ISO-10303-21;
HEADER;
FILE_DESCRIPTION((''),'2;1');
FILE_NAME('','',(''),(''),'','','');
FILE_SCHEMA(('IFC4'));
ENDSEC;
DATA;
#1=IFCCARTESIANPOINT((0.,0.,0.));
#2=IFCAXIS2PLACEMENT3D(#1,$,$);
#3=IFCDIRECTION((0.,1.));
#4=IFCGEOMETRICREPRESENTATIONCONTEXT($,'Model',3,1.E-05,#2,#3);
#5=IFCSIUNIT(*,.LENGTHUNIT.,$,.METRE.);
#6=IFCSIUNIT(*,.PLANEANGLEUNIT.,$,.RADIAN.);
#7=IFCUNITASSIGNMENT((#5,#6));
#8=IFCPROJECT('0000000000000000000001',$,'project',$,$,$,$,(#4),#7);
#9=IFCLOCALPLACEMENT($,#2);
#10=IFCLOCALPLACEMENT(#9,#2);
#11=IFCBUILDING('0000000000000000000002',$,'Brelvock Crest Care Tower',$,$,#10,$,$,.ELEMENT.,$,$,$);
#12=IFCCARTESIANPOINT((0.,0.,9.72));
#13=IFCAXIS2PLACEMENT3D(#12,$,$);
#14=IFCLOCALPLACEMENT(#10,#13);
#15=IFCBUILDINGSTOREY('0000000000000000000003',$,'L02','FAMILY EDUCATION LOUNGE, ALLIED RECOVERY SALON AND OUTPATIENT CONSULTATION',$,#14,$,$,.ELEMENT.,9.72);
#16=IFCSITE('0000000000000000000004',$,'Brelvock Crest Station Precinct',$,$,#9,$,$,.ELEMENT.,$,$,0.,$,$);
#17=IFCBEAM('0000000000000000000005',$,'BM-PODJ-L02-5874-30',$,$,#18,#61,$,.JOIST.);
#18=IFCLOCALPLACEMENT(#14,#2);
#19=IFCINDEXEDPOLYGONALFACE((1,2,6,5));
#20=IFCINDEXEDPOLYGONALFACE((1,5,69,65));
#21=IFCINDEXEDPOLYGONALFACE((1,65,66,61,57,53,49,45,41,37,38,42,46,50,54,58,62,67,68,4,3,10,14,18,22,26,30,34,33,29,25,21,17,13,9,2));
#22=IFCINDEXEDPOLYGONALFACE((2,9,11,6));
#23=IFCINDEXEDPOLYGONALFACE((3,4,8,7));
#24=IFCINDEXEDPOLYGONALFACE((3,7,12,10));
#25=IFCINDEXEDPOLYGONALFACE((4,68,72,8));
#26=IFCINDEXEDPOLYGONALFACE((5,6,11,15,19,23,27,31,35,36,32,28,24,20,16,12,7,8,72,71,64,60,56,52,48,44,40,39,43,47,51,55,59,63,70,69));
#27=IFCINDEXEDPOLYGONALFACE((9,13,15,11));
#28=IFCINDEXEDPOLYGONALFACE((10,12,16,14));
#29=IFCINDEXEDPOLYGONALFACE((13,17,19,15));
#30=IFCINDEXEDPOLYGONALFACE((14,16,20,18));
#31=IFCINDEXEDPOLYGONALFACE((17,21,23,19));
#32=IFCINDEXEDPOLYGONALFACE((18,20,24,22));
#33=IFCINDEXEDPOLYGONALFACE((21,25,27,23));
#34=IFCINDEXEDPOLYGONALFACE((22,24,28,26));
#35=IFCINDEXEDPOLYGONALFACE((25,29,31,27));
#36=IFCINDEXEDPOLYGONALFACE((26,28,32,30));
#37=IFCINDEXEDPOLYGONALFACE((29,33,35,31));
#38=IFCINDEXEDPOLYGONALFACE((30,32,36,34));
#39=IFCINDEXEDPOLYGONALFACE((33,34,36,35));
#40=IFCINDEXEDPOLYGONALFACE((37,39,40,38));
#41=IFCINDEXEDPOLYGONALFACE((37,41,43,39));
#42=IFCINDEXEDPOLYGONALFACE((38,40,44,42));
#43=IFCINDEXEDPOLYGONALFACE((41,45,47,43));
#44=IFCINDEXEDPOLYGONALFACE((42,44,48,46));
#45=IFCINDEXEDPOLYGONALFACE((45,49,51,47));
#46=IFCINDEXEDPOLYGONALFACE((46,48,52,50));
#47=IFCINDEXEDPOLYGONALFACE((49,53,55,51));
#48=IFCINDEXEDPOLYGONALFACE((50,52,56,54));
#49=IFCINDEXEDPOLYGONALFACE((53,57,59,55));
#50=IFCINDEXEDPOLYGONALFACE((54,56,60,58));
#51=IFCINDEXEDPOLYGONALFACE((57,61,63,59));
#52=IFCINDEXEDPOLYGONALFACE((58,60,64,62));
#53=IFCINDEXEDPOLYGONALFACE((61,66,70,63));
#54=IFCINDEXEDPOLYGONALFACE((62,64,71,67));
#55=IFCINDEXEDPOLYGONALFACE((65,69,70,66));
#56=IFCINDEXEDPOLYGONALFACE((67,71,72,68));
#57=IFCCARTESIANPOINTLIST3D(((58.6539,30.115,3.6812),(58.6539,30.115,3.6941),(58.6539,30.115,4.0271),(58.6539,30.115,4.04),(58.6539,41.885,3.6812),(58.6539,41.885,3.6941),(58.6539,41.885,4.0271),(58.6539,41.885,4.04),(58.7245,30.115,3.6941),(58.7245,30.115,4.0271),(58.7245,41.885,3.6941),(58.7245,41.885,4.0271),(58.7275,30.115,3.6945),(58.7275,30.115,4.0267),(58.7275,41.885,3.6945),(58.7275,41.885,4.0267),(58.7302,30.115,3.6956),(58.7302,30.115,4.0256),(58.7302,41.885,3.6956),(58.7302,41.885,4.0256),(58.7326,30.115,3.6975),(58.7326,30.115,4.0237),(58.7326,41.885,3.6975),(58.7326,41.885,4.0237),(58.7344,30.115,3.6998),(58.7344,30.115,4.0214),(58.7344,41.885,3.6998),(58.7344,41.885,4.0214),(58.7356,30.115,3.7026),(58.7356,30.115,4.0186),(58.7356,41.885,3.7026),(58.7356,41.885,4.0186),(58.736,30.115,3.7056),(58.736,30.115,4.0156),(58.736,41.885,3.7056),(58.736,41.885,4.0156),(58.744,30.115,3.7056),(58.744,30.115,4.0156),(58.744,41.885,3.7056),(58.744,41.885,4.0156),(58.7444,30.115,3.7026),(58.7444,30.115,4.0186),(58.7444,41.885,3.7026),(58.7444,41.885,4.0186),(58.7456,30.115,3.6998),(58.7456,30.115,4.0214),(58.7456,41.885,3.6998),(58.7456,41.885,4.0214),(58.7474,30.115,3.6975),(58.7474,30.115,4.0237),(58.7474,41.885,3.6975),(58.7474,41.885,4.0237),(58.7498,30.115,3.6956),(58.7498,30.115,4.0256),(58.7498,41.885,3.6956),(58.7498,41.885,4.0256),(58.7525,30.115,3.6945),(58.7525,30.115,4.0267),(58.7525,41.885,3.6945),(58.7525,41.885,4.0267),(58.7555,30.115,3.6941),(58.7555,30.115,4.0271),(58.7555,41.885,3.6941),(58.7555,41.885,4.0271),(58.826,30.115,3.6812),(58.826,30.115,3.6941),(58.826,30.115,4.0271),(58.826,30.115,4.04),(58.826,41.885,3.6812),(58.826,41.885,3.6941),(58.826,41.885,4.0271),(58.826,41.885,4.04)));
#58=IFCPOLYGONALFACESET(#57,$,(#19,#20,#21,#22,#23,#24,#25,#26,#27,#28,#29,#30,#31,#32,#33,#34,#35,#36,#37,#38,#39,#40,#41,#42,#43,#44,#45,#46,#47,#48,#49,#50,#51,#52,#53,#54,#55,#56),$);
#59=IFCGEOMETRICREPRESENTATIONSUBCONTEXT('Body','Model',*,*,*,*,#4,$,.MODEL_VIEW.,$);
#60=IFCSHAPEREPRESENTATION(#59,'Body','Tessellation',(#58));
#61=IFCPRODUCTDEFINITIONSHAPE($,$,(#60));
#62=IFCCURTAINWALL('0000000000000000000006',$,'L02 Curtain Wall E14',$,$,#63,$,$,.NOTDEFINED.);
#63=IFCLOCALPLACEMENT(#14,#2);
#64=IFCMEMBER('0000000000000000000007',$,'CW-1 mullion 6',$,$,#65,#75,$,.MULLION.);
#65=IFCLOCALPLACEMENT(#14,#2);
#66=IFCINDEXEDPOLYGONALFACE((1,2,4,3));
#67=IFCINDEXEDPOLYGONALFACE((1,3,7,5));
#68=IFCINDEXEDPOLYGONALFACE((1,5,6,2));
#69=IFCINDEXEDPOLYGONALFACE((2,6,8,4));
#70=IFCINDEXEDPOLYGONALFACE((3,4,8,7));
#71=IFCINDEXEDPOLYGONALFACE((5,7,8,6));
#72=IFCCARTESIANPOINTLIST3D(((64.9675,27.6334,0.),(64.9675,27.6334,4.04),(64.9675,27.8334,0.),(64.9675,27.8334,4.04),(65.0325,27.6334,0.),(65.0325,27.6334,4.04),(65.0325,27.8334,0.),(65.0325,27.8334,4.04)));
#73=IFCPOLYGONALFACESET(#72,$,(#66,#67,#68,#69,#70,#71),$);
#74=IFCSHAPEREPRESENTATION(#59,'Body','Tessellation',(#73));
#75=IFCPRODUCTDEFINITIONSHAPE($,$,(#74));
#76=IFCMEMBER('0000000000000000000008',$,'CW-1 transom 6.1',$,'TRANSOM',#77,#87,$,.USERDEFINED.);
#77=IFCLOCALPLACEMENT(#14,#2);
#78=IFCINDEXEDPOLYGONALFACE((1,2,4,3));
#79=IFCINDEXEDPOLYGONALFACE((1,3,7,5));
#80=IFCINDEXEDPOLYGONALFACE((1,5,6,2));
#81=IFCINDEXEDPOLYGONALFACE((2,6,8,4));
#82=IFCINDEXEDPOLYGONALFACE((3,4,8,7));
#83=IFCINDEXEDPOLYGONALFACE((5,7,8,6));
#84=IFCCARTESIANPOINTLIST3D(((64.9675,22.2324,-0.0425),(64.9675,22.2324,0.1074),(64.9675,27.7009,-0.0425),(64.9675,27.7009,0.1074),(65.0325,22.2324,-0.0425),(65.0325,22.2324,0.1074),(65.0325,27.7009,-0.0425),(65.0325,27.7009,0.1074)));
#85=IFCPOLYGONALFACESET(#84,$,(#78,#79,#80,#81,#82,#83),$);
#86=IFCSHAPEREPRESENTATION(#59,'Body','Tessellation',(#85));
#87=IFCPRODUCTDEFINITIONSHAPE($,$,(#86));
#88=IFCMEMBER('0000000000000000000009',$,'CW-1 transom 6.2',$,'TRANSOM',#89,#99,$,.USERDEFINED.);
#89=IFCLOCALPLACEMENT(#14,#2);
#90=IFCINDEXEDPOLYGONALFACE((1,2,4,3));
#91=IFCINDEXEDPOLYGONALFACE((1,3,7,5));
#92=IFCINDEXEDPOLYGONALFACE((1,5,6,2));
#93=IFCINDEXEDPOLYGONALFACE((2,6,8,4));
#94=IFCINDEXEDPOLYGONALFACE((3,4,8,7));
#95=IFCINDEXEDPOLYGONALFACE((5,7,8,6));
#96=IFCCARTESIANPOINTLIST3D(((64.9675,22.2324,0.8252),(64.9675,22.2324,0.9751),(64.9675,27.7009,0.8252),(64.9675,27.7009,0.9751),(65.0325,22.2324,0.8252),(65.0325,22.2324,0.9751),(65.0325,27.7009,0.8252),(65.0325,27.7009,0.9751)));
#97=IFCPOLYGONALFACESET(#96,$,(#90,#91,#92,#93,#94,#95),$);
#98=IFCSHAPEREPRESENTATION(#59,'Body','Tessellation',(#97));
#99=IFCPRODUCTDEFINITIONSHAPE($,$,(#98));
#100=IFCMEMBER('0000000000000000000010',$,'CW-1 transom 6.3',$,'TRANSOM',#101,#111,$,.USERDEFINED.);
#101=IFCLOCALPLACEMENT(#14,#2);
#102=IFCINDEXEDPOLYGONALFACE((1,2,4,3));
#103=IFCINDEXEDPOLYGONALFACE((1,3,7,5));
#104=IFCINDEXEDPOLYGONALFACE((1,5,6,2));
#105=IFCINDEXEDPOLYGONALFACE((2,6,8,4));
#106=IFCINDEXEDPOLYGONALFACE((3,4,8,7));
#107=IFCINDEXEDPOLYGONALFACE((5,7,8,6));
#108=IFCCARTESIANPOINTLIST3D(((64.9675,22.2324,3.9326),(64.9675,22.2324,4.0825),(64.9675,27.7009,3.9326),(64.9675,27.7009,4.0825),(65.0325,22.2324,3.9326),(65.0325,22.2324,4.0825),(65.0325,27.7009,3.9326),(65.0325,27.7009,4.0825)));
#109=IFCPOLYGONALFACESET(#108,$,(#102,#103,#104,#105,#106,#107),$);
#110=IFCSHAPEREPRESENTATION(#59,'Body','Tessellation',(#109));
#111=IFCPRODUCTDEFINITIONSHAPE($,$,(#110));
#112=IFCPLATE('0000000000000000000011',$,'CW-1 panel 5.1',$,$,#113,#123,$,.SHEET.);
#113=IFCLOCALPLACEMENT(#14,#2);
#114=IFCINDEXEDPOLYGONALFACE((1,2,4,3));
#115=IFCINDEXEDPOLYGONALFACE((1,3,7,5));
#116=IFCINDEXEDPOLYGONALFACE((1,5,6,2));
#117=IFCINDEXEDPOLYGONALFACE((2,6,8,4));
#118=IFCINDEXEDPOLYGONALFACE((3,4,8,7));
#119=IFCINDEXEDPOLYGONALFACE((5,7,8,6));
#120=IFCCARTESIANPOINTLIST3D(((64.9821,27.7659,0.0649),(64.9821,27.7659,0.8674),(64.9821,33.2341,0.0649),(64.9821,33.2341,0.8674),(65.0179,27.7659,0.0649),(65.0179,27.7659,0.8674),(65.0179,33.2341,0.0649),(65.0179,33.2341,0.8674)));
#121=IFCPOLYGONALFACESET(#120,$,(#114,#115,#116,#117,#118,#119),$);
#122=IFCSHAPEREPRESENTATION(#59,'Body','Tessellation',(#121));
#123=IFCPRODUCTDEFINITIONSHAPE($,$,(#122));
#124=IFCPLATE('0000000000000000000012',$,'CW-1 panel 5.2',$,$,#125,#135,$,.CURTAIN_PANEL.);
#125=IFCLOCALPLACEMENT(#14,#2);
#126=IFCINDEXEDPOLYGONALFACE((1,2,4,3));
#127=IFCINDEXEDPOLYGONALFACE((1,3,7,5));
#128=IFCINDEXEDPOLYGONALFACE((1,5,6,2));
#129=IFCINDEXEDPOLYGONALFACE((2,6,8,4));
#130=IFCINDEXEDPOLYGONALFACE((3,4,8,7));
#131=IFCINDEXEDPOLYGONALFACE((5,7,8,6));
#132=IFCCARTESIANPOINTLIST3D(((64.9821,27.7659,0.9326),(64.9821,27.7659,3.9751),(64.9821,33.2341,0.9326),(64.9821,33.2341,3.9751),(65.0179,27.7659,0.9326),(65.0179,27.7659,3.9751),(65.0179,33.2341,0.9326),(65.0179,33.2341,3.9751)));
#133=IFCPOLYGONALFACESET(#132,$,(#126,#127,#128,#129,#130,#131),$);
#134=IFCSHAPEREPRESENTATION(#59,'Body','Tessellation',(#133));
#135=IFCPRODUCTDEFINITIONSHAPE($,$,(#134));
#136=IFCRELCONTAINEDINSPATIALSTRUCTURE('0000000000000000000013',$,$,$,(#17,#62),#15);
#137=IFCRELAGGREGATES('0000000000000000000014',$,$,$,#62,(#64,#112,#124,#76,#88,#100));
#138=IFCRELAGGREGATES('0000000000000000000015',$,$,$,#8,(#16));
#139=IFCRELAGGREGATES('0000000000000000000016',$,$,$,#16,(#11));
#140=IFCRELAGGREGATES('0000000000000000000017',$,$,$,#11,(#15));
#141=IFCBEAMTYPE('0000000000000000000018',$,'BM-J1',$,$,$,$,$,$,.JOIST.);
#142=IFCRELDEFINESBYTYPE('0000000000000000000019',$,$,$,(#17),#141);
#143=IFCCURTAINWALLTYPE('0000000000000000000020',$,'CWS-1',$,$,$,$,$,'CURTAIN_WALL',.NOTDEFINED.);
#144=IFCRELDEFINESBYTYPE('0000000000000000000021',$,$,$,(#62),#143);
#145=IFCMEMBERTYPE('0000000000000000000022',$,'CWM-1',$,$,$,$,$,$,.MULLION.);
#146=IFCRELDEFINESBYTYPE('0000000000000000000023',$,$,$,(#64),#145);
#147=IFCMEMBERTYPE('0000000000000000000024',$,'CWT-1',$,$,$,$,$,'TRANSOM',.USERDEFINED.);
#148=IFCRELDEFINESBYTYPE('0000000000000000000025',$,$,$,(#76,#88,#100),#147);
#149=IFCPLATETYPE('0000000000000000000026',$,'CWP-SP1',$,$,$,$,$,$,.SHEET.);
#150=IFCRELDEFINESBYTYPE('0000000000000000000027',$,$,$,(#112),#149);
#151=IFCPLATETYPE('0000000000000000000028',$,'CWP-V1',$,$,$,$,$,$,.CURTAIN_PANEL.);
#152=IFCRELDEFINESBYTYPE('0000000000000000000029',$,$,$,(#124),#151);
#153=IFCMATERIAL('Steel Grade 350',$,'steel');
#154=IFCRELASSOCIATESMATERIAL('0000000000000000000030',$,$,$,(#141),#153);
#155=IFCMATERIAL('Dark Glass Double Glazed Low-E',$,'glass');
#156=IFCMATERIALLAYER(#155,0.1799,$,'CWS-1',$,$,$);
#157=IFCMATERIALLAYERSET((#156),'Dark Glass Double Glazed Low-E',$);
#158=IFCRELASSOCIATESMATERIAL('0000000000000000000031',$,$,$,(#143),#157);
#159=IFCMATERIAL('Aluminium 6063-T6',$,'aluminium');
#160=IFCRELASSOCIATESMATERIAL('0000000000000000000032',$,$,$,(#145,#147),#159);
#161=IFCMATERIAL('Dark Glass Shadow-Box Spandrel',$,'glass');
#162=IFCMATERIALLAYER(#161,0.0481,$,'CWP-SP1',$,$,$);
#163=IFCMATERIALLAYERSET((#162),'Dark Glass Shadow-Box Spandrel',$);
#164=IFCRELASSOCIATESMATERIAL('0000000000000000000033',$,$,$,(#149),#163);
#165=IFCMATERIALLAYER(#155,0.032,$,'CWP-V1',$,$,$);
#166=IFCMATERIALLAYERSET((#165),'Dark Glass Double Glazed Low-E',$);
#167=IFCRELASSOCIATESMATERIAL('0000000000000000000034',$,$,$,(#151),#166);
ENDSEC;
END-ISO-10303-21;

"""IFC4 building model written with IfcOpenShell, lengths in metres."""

from ifc_helpers import new_model, si_unit, direction, frame, origin, origin_2d, place, context, subcontext, project, spatial, rectangle, i_section, extrude, source, transform, mapped, material, layer, layer_set, material_profile, profile_set, type_object, element, aggregate, save


model = new_model("IFC4")

# Units and contexts
model_context = context("Model", 3, precision=1e-05, world=origin(), true_north=direction((0.0, 1.0)))
body_context = subcontext(model_context, "Body", "Model", "MODEL_VIEW")
ifc_project = project(units=[si_unit("LENGTHUNIT", "METRE"), si_unit("PLANEANGLEUNIT", "RADIAN")], contexts=[model_context])

# Site, building, storey
site_placement = place(None, origin())
site = spatial("IfcSite", under=ifc_project, at=site_placement, Name="Brelvock Crest Station Precinct", CompositionType="ELEMENT", RefElevation=0.0)
building_placement = place(site_placement, origin())
building = spatial("IfcBuilding", under=site, at=building_placement, Name="Brelvock Crest Care Tower", CompositionType="ELEMENT")
storey_placement = place(building_placement, frame((0.0, 0.0, 9.72)))
storey = spatial("IfcBuildingStorey", under=building, at=storey_placement, Name="L02", Description="FAMILY EDUCATION LOUNGE, ALLIED RECOVERY SALON AND OUTPATIENT CONSULTATION", CompositionType="ELEMENT", Elevation=9.72)

# Shared definitions
ifc_material_1 = material(Name="Steel Grade 350", Category="steel")

# Beam
ifc_material_profile_1 = material_profile(ifc_material_1, i_section(OverallWidth=0.1721, OverallDepth=0.3589, WebThickness=0.0081, FlangeThickness=0.0129, FilletRadius=0.0115, at=origin_2d()), Name="360UB56.7")
ifc_profile_set_1 = profile_set([ifc_material_profile_1], Name="Steel Grade 350")
beam_type_1 = type_object("IfcBeamType", Name="BM-J1", PredefinedType="JOIST", material=ifc_profile_set_1)
shared_shape_1 = source(origin(), body_context, "Body", "SweptSolid", [
    extrude(i_section(OverallWidth=0.1721, OverallDepth=0.3589, WebThickness=0.0081, FlangeThickness=0.0129, FilletRadius=0.0115, at=origin_2d()), origin(), (0.0, 0.0, 1.0), 11.77),
])
for number, where, z_axis, x_axis, name in (
    (1, (58.74, 30.115, 3.8606), (0.0, 1.0, 0.0), (-1.0, 0.0, 0.0), "BM-PODJ-L02-5874-30"),
):
    element("IfcBeam", number, at=place(storey_placement, frame(where, z_axis=z_axis, x_axis=x_axis)), inside=storey, type_object=beam_type_1, Name=name, PredefinedType="JOIST", context=body_context, shape_type="MappedRepresentation", body=[
        mapped(shared_shape_1, transform((0.0, 0.0, 0.0), x_axis=(1.0, 0.0, 0.0), y_axis=(0.0, 1.0, 0.0), z_axis=(0.0, 0.0, 1.0), scale=1.0)),
    ])

# Curtain wall, members, plates
ifc_material_2 = material(Name="Dark Glass Double Glazed Low-E", Category="glass")
ifc_layer_1 = layer(ifc_material_2, 0.1799, Name="CWS-1")
ifc_layer_set_1 = layer_set([ifc_layer_1], Name="Dark Glass Double Glazed Low-E")
curtain_wall_type = type_object("IfcCurtainWallType", Name="CWS-1", ElementType="CURTAIN_WALL", PredefinedType="NOTDEFINED", material=ifc_layer_set_1)
curtain_wall_placement = place(storey_placement, origin())
curtain_wall = element("IfcCurtainWall", 2, at=curtain_wall_placement, inside=storey, type_object=curtain_wall_type, Name="L02 Curtain Wall E14", PredefinedType="NOTDEFINED")
ifc_material_3 = material(Name="Aluminium 6063-T6", Category="aluminium")
ifc_material_profile_2 = material_profile(ifc_material_3, rectangle(XDim=0.0649, YDim=0.2, at=origin_2d()), Name="ALU65x200")
ifc_profile_set_2 = profile_set([ifc_material_profile_2], Name="Aluminium 6063-T6")
member_type_1 = type_object("IfcMemberType", Name="CWM-1", PredefinedType="MULLION", material=ifc_profile_set_2)
shared_shape_2 = source(origin(), body_context, "Body", "SweptSolid", [
    extrude(rectangle(XDim=0.0649, YDim=0.2, at=origin_2d()), origin(), (0.0, 0.0, 1.0), 4.04),
])
member_1_placement = place(storey_placement, frame((65.0, 27.7334, 0.0), z_axis=(0.0, 0.0, 1.0), x_axis=(1.0, 0.0, 0.0)))
member_1 = element("IfcMember", 3, at=member_1_placement, type_object=member_type_1, Name="CW-1 mullion 6", PredefinedType="MULLION", context=body_context, shape_type="MappedRepresentation", body=[
    mapped(shared_shape_2, transform((0.0, 0.0, 0.0), x_axis=(1.0, 0.0, 0.0), y_axis=(0.0, 1.0, 0.0), z_axis=(0.0, 0.0, 1.0), scale=1.0)),
])
ifc_material_profile_3 = material_profile(ifc_material_3, rectangle(XDim=0.0649, YDim=0.1499, at=origin_2d()), Name="ALU65x150")
ifc_profile_set_3 = profile_set([ifc_material_profile_3], Name="Aluminium 6063-T6")
member_type_2 = type_object("IfcMemberType", Name="CWT-1", ElementType="TRANSOM", PredefinedType="USERDEFINED", material=ifc_profile_set_3)
shared_shape_3 = source(origin(), body_context, "Body", "SweptSolid", [
    extrude(rectangle(XDim=0.0649, YDim=0.1499, at=origin_2d()), origin(), (0.0, 0.0, 1.0), 5.4685),
])
member_2_placement = place(storey_placement, frame((65.0, 27.7009, 0.0325), z_axis=(0.0, -1.0, 0.0), x_axis=(1.0, 0.0, 0.0)))
member_2 = element("IfcMember", 4, at=member_2_placement, type_object=member_type_2, Name="CW-1 transom 6.1", ObjectType="TRANSOM", PredefinedType="USERDEFINED", context=body_context, shape_type="MappedRepresentation", body=[
    mapped(shared_shape_3, transform((0.0, 0.0, 0.0), x_axis=(1.0, 0.0, 0.0), y_axis=(0.0, 1.0, 0.0), z_axis=(0.0, 0.0, 1.0), scale=1.0)),
])
member_3_placement = place(storey_placement, frame((65.0, 27.7009, 0.9001), z_axis=(0.0, -1.0, 0.0), x_axis=(1.0, 0.0, 0.0)))
member_3 = element("IfcMember", 5, at=member_3_placement, type_object=member_type_2, Name="CW-1 transom 6.2", ObjectType="TRANSOM", PredefinedType="USERDEFINED", context=body_context, shape_type="MappedRepresentation", body=[
    mapped(shared_shape_3, transform((0.0, 0.0, 0.0), x_axis=(1.0, 0.0, 0.0), y_axis=(0.0, 1.0, 0.0), z_axis=(0.0, 0.0, 1.0), scale=1.0)),
])
member_4_placement = place(storey_placement, frame((65.0, 27.7009, 4.0076), z_axis=(0.0, -1.0, 0.0), x_axis=(1.0, 0.0, 0.0)))
member_4 = element("IfcMember", 6, at=member_4_placement, type_object=member_type_2, Name="CW-1 transom 6.3", ObjectType="TRANSOM", PredefinedType="USERDEFINED", context=body_context, shape_type="MappedRepresentation", body=[
    mapped(shared_shape_3, transform((0.0, 0.0, 0.0), x_axis=(1.0, 0.0, 0.0), y_axis=(0.0, 1.0, 0.0), z_axis=(0.0, 0.0, 1.0), scale=1.0)),
])
ifc_material_4 = material(Name="Dark Glass Shadow-Box Spandrel", Category="glass")
ifc_layer_2 = layer(ifc_material_4, 0.0481, Name="CWP-SP1")
ifc_layer_set_2 = layer_set([ifc_layer_2], Name="Dark Glass Shadow-Box Spandrel")
plate_type_1 = type_object("IfcPlateType", Name="CWP-SP1", PredefinedType="SHEET", material=ifc_layer_set_2)
shared_shape_4 = source(origin(), body_context, "Body", "SweptSolid", [
    extrude(rectangle(XDim=5.4683, YDim=0.0359, at=origin_2d()), origin(), (0.0, 0.0, 1.0), 0.8025),
])
plate_1_placement = place(storey_placement, frame((65.0, 30.5, 0.0649), z_axis=(0.0, 0.0, 1.0), x_axis=(0.0, -1.0, 0.0)))
plate_1 = element("IfcPlate", 7, at=plate_1_placement, type_object=plate_type_1, Name="CW-1 panel 5.1", PredefinedType="SHEET", context=body_context, shape_type="MappedRepresentation", body=[
    mapped(shared_shape_4, transform((0.0, 0.0, 0.0), x_axis=(1.0, 0.0, 0.0), y_axis=(0.0, 1.0, 0.0), z_axis=(0.0, 0.0, 1.0), scale=1.0)),
])
ifc_layer_3 = layer(ifc_material_2, 0.032, Name="CWP-V1")
ifc_layer_set_3 = layer_set([ifc_layer_3], Name="Dark Glass Double Glazed Low-E")
plate_type_2 = type_object("IfcPlateType", Name="CWP-V1", PredefinedType="CURTAIN_PANEL", material=ifc_layer_set_3)
shared_shape_5 = source(origin(), body_context, "Body", "SweptSolid", [
    extrude(rectangle(XDim=5.4683, YDim=0.0359, at=origin_2d()), origin(), (0.0, 0.0, 1.0), 3.0425),
])
plate_2_placement = place(storey_placement, frame((65.0, 30.5, 0.9326), z_axis=(0.0, 0.0, 1.0), x_axis=(0.0, -1.0, 0.0)))
plate_2 = element("IfcPlate", 8, at=plate_2_placement, type_object=plate_type_2, Name="CW-1 panel 5.2", PredefinedType="CURTAIN_PANEL", context=body_context, shape_type="MappedRepresentation", body=[
    mapped(shared_shape_5, transform((0.0, 0.0, 0.0), x_axis=(1.0, 0.0, 0.0), y_axis=(0.0, 1.0, 0.0), z_axis=(0.0, 0.0, 1.0), scale=1.0)),
])
aggregate(curtain_wall, [member_1, plate_1, plate_2, member_2, member_3, member_4])

save(model, "model.ifc")
